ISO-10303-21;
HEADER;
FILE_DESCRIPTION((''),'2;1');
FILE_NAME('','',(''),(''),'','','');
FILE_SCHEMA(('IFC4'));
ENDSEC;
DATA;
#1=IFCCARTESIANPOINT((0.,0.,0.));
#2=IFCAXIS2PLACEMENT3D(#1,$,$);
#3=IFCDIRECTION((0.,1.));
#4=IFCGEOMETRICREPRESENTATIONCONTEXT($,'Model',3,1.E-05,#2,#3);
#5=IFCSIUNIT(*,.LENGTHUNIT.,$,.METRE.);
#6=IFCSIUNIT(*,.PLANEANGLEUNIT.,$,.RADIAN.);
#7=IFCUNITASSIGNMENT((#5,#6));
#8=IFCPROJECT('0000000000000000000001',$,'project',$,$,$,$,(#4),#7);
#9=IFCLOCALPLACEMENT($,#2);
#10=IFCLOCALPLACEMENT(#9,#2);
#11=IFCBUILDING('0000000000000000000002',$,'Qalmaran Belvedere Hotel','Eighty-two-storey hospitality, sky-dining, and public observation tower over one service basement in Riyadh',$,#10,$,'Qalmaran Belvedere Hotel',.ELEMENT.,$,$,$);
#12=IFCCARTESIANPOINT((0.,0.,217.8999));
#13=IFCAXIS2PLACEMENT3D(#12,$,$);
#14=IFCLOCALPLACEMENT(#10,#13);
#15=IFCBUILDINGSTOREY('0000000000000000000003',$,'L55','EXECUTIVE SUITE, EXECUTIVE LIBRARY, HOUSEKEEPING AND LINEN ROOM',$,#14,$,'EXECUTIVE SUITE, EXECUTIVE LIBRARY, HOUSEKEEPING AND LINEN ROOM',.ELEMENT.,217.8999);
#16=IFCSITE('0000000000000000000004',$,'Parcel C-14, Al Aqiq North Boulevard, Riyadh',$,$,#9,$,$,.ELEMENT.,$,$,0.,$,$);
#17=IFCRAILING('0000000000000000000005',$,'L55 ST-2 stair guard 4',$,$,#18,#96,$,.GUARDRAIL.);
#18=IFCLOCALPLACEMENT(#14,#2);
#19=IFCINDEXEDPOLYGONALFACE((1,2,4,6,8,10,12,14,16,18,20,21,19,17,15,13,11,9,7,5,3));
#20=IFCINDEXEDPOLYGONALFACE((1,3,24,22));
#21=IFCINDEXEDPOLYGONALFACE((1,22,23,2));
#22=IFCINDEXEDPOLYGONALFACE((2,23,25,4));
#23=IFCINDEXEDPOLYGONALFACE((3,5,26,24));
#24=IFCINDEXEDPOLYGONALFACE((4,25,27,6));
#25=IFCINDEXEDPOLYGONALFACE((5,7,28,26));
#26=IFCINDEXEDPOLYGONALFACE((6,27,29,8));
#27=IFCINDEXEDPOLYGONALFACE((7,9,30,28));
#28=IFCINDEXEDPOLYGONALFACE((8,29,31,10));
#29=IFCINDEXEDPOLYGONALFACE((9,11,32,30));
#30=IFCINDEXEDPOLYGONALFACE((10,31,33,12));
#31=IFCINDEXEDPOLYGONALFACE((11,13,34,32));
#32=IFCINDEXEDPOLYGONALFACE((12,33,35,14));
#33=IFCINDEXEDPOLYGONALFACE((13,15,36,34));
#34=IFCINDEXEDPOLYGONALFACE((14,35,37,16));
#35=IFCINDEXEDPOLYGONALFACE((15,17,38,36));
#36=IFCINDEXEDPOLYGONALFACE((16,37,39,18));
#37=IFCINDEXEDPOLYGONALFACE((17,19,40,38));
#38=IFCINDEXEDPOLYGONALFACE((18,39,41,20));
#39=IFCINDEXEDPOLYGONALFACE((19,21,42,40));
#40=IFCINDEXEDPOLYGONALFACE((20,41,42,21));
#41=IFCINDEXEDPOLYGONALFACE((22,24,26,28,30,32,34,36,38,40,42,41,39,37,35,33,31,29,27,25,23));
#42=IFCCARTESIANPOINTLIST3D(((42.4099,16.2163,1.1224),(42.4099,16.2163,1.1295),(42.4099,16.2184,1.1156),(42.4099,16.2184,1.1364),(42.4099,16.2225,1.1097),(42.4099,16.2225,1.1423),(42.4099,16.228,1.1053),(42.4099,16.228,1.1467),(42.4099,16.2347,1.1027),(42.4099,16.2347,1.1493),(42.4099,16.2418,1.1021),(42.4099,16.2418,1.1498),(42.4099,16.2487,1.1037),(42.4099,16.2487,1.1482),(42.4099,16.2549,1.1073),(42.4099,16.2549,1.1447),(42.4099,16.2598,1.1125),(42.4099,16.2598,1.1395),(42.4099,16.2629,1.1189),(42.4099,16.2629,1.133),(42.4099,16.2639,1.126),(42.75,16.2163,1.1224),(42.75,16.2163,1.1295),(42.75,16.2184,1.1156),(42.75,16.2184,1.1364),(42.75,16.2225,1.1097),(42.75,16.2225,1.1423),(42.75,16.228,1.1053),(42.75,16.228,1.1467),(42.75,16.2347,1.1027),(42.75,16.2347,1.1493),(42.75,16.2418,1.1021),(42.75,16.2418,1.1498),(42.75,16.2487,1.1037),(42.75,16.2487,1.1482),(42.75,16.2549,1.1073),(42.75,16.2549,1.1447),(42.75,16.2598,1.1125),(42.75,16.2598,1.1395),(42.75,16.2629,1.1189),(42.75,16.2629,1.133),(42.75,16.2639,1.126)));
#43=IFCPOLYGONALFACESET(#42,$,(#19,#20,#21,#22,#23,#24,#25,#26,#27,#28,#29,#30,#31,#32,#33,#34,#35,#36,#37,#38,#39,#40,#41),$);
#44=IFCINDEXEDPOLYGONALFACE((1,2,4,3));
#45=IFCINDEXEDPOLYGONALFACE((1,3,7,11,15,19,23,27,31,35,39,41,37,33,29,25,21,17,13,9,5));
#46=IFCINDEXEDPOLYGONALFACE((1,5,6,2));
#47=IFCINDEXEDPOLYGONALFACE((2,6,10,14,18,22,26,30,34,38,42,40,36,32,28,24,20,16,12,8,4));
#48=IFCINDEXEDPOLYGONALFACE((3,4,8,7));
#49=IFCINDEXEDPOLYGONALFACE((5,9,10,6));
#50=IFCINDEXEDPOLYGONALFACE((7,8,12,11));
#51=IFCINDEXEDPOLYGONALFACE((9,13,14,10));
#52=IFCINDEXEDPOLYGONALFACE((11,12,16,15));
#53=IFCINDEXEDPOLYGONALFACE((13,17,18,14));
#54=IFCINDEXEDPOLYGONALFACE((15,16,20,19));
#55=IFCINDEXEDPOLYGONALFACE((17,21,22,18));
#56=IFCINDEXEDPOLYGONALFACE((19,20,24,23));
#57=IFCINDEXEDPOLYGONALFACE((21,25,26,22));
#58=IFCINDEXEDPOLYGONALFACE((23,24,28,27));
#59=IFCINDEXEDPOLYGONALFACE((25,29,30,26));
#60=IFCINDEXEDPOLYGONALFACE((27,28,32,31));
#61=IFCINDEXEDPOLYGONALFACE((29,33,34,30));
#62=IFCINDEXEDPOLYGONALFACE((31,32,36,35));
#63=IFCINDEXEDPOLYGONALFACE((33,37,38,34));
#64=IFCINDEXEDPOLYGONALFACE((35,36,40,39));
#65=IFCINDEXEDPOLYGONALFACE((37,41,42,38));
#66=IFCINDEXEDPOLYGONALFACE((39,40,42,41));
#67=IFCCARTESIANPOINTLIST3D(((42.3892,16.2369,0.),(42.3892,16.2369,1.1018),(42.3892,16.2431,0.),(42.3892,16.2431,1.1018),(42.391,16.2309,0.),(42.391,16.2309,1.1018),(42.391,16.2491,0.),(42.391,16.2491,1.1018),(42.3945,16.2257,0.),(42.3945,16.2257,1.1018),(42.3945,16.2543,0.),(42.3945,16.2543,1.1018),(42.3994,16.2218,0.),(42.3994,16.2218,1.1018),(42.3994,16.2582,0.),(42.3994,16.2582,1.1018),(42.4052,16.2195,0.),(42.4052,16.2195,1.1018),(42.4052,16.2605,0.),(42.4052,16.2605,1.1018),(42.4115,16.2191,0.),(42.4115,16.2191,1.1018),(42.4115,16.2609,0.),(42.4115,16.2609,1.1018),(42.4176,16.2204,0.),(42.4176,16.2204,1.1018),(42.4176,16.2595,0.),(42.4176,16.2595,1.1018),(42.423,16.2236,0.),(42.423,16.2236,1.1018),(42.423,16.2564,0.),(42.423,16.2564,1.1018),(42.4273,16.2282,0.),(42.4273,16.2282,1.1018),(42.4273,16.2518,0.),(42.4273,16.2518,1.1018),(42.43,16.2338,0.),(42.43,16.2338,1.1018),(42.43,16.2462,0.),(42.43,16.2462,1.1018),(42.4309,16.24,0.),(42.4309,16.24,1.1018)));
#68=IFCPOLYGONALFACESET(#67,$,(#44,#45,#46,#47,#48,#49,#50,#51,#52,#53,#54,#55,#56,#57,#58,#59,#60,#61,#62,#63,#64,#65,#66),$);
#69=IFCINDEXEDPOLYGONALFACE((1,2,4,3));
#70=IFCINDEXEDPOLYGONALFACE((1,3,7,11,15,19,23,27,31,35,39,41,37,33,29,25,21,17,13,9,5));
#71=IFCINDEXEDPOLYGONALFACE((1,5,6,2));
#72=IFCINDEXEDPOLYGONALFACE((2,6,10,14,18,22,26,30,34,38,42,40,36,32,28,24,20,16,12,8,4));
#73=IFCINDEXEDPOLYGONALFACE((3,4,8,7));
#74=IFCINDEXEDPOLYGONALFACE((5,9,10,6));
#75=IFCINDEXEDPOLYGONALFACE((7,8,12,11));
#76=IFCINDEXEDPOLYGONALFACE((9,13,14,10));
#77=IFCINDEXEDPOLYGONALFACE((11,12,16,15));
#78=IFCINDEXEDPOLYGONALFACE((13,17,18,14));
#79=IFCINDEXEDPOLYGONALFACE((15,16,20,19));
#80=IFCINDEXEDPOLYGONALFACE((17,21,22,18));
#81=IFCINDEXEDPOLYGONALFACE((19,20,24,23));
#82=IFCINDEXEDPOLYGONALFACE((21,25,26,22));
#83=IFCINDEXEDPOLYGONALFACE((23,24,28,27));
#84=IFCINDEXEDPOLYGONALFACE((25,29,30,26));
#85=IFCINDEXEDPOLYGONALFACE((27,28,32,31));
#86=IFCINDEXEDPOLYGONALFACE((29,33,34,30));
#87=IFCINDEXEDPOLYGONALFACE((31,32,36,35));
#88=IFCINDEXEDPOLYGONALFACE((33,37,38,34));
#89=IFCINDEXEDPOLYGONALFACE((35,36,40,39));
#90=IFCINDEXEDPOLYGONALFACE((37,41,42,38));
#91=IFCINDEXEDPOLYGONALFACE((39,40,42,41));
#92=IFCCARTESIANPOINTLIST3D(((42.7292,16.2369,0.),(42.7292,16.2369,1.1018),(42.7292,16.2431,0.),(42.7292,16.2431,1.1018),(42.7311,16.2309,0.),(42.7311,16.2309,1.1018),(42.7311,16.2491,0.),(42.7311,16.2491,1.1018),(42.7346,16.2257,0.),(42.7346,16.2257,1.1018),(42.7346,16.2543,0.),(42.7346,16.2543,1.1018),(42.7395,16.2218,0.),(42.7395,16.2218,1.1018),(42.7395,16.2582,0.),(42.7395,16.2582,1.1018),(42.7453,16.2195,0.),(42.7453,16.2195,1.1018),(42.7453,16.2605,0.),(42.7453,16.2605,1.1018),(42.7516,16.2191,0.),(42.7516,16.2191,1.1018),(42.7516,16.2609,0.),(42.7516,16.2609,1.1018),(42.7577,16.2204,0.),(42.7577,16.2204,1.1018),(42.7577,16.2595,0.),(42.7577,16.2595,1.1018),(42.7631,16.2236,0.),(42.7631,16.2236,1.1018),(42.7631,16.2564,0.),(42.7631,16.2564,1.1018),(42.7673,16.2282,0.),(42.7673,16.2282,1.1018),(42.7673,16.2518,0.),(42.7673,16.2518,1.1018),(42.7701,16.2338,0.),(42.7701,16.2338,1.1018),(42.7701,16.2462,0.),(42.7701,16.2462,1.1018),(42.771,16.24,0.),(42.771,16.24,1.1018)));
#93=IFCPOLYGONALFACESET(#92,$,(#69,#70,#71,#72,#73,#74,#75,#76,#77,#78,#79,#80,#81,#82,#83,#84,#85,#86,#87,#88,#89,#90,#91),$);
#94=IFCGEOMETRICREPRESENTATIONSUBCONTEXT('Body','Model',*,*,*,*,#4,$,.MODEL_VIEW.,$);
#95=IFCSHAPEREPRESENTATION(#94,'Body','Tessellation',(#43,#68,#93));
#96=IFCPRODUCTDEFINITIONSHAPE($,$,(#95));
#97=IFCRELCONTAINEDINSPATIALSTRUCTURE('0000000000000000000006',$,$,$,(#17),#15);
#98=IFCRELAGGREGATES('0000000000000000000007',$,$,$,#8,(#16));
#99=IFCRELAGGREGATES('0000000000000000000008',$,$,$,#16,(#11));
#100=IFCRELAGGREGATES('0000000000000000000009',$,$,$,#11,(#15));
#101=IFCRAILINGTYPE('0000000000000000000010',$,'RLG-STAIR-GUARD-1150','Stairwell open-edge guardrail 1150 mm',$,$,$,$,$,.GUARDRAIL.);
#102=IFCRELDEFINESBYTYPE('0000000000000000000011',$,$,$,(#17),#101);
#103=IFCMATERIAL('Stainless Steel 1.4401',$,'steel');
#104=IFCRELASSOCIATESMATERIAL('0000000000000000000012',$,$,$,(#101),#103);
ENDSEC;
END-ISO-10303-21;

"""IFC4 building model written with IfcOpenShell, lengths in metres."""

from ifc_helpers import new_model, si_unit, direction, frame, origin, origin_2d, place, context, subcontext, project, spatial, circle, extrude, material, type_object, element, save


model = new_model("IFC4")

# Units and contexts
model_context = context("Model", 3, precision=1e-05, world=origin(), true_north=direction((0.0, 1.0)))
body_context = subcontext(model_context, "Body", "Model", "MODEL_VIEW")
ifc_project = project(units=[si_unit("LENGTHUNIT", "METRE"), si_unit("PLANEANGLEUNIT", "RADIAN")], contexts=[model_context])

# Site, building, storey
site_placement = place(None, origin())
site = spatial("IfcSite", under=ifc_project, at=site_placement, Name="Parcel C-14, Al Aqiq North Boulevard, Riyadh", CompositionType="ELEMENT", RefElevation=0.0)
building_placement = place(site_placement, origin())
building = spatial("IfcBuilding", under=site, at=building_placement, Name="Qalmaran Belvedere Hotel", Description="Eighty-two-storey hospitality, sky-dining, and public observation tower over one service basement in Riyadh", LongName="Qalmaran Belvedere Hotel", CompositionType="ELEMENT")
storey_placement = place(building_placement, frame((0.0, 0.0, 217.8999)))
storey = spatial("IfcBuildingStorey", under=building, at=storey_placement, Name="L55", Description="EXECUTIVE SUITE, EXECUTIVE LIBRARY, HOUSEKEEPING AND LINEN ROOM", LongName="EXECUTIVE SUITE, EXECUTIVE LIBRARY, HOUSEKEEPING AND LINEN ROOM", CompositionType="ELEMENT", Elevation=217.8999)

# Railing
ifc_material_1 = material(Name="Stainless Steel 1.4401", Category="steel")
railing_type_1 = type_object("IfcRailingType", Name="RLG-STAIR-GUARD-1150", Description="Stairwell open-edge guardrail 1150 mm", PredefinedType="GUARDRAIL", material=ifc_material_1)
railing_1_placement = place(storey_placement, frame((42.4099, 16.24, 0.0)))
element("IfcRailing", 1, at=railing_1_placement, inside=storey, type_object=railing_type_1, Name="L55 ST-2 stair guard 4", PredefinedType="GUARDRAIL", context=body_context, shape_type="SweptSolid", body=[
    extrude(circle(Radius=0.0239, at=origin_2d()), frame((0.0, 0.0, 1.126), z_axis=(1.0, 0.0, 0.0), x_axis=(0.0, 1.0, 0.0)), (0.0, 0.0, 1.0), 0.3401),
    extrude(circle(Radius=0.021, at=origin_2d()), origin(), (0.0, 0.0, 1.0), 1.1018),
    extrude(circle(Radius=0.021, at=origin_2d()), frame((0.3401, 0.0, 0.0)), (0.0, 0.0, 1.0), 1.1018),
])

save(model, "model.ifc")
